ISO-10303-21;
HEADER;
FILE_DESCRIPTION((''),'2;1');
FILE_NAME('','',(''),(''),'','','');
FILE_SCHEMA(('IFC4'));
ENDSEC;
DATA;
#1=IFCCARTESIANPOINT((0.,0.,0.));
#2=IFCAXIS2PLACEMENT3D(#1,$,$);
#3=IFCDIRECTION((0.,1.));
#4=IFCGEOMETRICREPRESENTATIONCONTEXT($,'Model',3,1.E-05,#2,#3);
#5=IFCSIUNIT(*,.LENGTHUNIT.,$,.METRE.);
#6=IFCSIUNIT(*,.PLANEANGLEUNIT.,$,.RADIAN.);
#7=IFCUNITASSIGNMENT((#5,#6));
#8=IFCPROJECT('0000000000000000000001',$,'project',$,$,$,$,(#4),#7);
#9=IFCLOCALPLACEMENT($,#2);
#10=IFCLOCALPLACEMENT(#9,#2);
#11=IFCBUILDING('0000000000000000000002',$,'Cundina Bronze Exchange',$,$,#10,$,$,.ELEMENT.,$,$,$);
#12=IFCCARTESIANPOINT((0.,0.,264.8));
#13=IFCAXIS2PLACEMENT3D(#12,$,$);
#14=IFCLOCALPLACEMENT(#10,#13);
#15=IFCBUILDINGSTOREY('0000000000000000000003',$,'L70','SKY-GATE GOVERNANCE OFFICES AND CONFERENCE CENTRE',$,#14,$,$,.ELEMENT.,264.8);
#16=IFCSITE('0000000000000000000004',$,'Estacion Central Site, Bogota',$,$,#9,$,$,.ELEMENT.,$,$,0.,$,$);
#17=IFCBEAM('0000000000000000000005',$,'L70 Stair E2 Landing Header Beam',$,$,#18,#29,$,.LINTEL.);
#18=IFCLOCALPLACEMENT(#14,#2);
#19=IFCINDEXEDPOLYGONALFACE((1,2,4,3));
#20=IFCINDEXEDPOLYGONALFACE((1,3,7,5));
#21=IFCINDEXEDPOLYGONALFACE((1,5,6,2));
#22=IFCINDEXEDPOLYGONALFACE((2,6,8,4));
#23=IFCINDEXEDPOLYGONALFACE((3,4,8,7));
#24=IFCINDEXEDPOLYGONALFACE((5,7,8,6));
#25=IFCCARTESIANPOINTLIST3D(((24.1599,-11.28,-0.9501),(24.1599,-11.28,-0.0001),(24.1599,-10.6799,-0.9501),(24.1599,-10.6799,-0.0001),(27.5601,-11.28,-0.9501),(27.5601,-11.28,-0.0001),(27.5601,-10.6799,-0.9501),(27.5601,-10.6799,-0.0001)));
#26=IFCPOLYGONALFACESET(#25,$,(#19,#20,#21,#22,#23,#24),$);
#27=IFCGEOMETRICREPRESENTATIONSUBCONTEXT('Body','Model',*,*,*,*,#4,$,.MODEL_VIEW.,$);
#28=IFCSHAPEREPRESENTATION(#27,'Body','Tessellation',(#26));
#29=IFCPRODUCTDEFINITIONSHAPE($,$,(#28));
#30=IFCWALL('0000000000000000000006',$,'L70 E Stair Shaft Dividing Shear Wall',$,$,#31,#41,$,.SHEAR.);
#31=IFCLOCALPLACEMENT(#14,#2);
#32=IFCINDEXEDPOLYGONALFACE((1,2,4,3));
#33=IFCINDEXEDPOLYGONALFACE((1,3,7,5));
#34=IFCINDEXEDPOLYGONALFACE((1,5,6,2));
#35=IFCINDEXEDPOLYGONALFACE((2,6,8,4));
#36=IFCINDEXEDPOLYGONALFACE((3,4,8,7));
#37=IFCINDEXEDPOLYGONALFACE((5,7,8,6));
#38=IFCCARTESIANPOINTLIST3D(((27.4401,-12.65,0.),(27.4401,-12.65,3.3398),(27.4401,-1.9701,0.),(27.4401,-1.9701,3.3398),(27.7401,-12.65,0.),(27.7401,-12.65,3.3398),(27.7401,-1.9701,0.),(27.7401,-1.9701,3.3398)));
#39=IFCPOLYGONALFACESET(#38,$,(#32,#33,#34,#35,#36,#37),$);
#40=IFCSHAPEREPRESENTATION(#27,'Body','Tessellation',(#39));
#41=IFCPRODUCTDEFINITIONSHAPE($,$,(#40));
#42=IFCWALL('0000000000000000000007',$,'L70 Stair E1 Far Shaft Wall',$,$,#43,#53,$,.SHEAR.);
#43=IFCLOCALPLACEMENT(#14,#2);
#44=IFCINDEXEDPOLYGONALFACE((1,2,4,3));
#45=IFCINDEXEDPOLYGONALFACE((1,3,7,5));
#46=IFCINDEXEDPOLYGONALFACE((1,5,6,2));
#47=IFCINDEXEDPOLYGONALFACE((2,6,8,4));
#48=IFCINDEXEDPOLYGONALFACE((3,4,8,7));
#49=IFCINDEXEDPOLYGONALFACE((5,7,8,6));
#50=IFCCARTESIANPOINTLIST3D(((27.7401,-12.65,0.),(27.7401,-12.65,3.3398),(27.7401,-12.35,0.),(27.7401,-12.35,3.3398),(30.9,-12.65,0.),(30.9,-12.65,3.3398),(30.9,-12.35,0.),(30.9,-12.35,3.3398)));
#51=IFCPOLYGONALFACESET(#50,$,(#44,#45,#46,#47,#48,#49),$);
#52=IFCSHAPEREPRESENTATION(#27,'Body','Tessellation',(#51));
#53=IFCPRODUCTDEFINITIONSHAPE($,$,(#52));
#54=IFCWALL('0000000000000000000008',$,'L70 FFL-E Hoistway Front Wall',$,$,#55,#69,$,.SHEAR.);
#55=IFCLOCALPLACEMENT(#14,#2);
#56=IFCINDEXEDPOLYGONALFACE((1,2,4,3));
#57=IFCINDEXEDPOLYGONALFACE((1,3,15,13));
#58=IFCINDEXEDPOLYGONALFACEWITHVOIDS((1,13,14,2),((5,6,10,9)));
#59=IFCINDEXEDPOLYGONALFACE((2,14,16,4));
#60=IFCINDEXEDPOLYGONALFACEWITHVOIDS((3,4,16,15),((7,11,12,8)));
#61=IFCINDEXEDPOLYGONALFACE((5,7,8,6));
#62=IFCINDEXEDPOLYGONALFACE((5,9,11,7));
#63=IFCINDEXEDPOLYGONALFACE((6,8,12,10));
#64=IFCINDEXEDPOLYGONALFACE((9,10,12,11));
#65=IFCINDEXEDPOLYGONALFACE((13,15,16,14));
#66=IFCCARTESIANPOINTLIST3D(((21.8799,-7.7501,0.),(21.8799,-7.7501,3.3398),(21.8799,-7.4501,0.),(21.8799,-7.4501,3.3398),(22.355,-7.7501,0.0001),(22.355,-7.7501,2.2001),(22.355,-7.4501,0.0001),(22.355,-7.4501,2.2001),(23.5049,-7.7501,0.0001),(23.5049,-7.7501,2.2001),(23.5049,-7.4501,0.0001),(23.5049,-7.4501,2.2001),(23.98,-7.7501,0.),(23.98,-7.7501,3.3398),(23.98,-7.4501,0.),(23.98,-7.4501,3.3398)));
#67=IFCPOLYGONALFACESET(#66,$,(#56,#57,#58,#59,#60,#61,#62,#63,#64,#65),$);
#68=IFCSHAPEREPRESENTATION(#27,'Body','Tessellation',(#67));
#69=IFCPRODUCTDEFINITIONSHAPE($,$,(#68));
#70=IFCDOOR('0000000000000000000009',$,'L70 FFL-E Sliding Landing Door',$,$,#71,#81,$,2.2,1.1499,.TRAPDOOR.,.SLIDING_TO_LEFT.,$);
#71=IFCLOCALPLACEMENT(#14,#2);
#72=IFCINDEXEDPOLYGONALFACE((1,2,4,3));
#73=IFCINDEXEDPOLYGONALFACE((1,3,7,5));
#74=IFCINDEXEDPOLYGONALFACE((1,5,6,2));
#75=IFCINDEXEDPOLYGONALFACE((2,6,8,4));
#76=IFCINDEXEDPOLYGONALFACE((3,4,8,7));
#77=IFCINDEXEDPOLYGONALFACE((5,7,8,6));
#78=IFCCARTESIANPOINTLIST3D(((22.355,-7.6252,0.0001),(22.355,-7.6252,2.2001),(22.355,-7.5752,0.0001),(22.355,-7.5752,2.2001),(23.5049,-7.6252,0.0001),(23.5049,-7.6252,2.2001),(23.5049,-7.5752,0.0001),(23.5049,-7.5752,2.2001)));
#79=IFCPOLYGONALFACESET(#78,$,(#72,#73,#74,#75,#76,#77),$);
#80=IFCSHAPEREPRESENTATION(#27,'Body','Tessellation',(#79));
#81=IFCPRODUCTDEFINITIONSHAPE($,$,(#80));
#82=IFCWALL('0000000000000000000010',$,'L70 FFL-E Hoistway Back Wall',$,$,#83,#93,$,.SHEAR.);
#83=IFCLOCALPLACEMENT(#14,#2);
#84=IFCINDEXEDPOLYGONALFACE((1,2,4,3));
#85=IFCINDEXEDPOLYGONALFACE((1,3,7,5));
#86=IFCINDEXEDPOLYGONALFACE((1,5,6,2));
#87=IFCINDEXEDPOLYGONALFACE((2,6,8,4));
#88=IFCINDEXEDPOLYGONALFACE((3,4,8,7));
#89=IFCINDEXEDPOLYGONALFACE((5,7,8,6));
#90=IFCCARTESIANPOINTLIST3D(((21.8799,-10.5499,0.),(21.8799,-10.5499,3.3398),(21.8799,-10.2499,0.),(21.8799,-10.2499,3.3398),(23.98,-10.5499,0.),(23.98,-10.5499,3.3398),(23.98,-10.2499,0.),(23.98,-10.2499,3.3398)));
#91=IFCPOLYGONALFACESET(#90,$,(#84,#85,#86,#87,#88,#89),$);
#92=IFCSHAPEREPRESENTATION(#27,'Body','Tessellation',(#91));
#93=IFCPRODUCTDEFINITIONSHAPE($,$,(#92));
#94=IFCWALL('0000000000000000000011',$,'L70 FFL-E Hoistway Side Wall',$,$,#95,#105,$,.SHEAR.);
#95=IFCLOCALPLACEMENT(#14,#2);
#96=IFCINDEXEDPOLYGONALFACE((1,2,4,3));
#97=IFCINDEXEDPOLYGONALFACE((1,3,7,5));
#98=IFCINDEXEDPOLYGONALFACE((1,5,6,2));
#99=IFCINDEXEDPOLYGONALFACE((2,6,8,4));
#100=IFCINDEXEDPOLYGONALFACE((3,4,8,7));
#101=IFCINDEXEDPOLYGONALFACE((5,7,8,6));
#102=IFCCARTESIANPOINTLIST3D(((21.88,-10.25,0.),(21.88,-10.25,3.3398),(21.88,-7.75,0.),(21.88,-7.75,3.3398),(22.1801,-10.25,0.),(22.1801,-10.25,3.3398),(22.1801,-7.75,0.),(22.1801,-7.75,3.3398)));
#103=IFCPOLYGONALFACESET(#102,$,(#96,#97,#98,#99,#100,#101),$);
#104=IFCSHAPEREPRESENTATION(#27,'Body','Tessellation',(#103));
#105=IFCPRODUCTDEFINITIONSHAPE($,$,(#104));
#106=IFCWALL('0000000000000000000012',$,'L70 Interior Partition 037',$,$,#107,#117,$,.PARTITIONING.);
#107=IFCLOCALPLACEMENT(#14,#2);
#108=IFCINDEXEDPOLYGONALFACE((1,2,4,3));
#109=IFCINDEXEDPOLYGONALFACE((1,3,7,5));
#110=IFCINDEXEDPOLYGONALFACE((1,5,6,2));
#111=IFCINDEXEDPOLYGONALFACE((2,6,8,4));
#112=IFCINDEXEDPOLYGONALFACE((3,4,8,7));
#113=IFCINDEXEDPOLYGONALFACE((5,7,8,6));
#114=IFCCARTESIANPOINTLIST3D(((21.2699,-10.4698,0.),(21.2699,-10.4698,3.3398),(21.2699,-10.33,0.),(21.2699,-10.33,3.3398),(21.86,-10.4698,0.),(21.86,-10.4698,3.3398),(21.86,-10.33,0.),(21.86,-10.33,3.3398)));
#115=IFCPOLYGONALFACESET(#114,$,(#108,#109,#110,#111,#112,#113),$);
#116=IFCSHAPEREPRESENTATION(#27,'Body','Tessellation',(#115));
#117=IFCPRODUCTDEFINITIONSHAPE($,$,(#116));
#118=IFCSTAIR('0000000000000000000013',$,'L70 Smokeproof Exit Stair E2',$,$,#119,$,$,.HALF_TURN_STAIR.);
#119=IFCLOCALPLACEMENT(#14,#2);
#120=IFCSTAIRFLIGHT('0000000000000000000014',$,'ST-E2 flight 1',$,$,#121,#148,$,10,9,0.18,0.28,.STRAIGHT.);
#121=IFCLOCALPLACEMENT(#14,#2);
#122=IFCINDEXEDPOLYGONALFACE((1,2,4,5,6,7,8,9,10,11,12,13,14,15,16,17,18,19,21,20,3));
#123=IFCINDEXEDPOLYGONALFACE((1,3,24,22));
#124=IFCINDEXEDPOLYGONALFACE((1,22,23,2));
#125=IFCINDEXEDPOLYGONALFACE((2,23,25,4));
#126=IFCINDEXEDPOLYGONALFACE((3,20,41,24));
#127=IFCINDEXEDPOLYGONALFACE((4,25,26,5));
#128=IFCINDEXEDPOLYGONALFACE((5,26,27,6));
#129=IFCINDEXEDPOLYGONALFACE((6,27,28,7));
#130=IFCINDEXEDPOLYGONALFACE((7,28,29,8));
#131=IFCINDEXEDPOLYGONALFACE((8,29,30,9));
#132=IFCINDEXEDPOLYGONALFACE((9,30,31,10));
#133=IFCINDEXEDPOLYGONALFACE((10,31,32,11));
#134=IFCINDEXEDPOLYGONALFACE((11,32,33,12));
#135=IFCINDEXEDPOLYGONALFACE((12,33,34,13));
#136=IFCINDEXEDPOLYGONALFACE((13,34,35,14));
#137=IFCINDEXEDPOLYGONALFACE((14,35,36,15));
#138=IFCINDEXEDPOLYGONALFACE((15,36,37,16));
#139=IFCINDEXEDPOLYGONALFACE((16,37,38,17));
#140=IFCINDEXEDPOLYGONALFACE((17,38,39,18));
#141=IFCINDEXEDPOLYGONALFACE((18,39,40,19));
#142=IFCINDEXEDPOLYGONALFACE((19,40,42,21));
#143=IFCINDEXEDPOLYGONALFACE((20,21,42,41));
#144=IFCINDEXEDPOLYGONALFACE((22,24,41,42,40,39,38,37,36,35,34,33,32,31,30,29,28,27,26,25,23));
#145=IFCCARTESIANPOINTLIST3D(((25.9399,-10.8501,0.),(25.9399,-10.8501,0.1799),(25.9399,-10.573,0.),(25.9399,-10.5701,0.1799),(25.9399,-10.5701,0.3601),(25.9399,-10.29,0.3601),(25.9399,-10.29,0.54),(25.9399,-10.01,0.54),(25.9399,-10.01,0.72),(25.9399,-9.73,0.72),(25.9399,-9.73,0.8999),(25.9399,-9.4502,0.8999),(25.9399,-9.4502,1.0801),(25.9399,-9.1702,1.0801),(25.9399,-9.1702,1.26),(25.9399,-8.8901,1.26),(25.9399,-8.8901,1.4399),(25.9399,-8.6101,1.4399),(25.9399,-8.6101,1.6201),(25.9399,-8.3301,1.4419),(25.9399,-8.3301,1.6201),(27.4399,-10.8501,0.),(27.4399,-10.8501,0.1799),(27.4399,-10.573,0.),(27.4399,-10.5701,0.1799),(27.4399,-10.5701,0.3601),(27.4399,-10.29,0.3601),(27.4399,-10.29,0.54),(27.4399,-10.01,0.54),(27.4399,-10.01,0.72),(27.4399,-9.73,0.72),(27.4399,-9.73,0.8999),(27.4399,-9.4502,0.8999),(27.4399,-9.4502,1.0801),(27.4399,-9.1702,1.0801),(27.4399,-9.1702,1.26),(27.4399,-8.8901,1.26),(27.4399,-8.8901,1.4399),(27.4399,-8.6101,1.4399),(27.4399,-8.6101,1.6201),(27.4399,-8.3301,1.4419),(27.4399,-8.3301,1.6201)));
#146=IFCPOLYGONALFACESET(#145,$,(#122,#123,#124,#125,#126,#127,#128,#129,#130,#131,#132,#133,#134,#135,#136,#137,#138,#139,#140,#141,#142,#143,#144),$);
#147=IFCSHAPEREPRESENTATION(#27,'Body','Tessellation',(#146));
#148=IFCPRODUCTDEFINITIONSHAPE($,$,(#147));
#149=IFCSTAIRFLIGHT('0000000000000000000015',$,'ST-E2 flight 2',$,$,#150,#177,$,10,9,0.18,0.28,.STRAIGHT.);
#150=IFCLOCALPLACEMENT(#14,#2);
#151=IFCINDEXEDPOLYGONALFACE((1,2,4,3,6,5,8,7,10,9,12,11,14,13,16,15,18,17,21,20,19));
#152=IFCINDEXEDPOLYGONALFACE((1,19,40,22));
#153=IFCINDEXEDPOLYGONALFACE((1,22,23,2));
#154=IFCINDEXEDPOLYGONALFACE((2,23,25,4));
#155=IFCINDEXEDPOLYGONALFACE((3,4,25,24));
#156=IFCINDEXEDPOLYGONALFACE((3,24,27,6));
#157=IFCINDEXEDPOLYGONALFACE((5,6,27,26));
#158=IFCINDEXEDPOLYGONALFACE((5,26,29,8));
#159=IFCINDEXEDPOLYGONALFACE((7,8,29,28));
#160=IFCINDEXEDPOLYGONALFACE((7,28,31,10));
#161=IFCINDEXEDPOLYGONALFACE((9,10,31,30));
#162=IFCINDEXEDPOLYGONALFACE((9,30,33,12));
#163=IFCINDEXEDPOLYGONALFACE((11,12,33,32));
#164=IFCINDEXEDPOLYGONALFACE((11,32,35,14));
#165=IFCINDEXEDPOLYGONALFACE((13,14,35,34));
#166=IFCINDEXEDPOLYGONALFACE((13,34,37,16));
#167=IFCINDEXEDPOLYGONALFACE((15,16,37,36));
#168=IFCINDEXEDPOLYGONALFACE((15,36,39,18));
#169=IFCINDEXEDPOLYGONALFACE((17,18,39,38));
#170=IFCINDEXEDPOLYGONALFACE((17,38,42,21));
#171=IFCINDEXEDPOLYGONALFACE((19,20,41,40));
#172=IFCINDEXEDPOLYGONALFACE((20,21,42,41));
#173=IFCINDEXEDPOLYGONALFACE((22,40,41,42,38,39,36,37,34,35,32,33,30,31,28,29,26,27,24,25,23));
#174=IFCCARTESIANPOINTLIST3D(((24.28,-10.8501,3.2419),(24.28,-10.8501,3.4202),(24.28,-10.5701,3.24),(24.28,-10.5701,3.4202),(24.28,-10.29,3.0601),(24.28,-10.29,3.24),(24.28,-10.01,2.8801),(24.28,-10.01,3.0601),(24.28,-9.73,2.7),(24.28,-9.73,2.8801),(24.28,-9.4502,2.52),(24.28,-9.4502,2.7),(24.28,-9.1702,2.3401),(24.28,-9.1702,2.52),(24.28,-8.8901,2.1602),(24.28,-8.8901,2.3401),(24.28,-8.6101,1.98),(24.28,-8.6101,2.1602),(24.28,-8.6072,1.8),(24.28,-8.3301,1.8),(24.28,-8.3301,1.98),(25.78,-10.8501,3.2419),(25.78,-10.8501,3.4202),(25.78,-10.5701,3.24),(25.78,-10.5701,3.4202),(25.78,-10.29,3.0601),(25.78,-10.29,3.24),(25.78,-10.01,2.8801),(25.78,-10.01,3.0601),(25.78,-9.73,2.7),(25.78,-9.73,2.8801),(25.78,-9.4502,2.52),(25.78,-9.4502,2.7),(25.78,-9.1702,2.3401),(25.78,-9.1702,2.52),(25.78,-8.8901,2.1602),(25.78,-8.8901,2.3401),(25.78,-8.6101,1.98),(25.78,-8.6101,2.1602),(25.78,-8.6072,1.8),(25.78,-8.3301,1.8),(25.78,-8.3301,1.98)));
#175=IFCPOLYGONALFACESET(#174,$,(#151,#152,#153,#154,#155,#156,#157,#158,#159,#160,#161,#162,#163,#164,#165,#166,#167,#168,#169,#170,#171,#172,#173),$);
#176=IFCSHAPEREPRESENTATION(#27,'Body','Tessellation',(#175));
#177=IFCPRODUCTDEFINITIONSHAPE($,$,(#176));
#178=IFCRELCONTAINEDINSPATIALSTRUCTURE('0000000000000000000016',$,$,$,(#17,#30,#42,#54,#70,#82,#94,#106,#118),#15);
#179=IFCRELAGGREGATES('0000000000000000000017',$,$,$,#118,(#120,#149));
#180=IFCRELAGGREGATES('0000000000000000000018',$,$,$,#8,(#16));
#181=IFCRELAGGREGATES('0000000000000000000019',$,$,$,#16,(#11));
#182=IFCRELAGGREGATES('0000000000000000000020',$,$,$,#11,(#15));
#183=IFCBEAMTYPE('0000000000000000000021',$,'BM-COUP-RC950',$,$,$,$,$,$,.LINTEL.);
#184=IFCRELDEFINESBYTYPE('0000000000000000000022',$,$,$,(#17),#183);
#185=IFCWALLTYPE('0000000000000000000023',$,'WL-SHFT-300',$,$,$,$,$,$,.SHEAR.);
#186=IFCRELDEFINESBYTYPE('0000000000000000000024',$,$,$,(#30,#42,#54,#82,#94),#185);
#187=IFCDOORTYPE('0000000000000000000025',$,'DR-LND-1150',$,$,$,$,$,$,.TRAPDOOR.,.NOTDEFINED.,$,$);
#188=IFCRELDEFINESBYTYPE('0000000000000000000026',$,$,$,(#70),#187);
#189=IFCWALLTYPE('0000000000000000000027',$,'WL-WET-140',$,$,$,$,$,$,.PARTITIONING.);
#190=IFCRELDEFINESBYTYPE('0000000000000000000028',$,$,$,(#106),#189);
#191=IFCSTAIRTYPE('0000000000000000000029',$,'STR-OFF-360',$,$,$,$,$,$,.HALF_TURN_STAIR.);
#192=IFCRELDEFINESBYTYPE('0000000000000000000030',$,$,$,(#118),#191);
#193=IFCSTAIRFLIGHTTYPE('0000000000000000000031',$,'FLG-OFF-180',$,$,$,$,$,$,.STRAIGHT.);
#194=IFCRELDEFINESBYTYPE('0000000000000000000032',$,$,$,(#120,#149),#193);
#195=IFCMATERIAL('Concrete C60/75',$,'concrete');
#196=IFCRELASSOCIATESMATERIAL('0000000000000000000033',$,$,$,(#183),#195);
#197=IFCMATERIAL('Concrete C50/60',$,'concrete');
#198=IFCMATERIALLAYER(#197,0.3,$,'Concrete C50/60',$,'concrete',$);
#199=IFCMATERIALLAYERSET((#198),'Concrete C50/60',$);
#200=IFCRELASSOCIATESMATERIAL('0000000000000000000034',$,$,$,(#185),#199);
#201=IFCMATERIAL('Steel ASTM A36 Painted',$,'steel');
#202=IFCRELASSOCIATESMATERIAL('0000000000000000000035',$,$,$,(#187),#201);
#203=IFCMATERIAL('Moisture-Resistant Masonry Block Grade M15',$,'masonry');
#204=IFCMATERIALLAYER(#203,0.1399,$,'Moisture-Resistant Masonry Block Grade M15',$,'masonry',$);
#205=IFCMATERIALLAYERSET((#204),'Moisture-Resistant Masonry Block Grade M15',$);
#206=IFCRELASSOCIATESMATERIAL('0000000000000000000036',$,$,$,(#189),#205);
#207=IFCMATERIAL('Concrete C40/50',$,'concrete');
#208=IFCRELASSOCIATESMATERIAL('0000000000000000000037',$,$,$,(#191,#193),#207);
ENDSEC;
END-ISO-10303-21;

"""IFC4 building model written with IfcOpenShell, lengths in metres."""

from ifc_helpers import new_model, si_unit, direction, frame, frame_2d, origin, origin_2d, place, context, subcontext, project, spatial, polyline, rectangle, outline, extrude, material, layer, layer_set, material_profile, profile_set, type_object, element, fill, aggregate, save


model = new_model("IFC4")

# Units and contexts
model_context = context("Model", 3, precision=1e-05, world=origin(), true_north=direction((0.0, 1.0)))
body_context = subcontext(model_context, "Body", "Model", "MODEL_VIEW")
ifc_project = project(units=[si_unit("LENGTHUNIT", "METRE"), si_unit("PLANEANGLEUNIT", "RADIAN")], contexts=[model_context])

# Site, building, storey
site_placement = place(None, origin())
site = spatial("IfcSite", under=ifc_project, at=site_placement, Name="Estacion Central Site, Bogota", CompositionType="ELEMENT", RefElevation=0.0)
building_placement = place(site_placement, origin())
building = spatial("IfcBuilding", under=site, at=building_placement, Name="Cundina Bronze Exchange", CompositionType="ELEMENT")
storey_placement = place(building_placement, frame((0.0, 0.0, 264.8)))
storey = spatial("IfcBuildingStorey", under=building, at=storey_placement, Name="L70", Description="SKY-GATE GOVERNANCE OFFICES AND CONFERENCE CENTRE", CompositionType="ELEMENT", Elevation=264.8)

# Beam
ifc_material_1 = material(Name="Concrete C60/75", Category="concrete")
ifc_material_profile = material_profile(ifc_material_1, rectangle(XDim=0.6001, YDim=0.95, at=origin_2d()), Name="RC600X950", Category="concrete")
ifc_profile_set = profile_set([ifc_material_profile], Name="Concrete C60/75")
beam_type = type_object("IfcBeamType", Name="BM-COUP-RC950", PredefinedType="LINTEL", material=ifc_profile_set)
beam_placement = place(storey_placement, frame((24.1599, -10.98, -0.4751), z_axis=(1.0, 0.0, 0.0), x_axis=(0.0, 1.0, 0.0)))
element("IfcBeam", 1, at=beam_placement, inside=storey, type_object=beam_type, Name="L70 Stair E2 Landing Header Beam", PredefinedType="LINTEL", context=body_context, shape_type="SweptSolid", body=[
    extrude(rectangle(XDim=0.6001, YDim=0.95, at=origin_2d()), origin(), (0.0, 0.0, 1.0), 3.4001),
])

# Walls
ifc_material_2 = material(Name="Concrete C50/60", Category="concrete")
ifc_layer_1 = layer(ifc_material_2, 0.3, Name="Concrete C50/60", Category="concrete")
ifc_layer_set_1 = layer_set([ifc_layer_1], Name="Concrete C50/60")
wall_type_1 = type_object("IfcWallType", Name="WL-SHFT-300", PredefinedType="SHEAR", material=ifc_layer_set_1)
wall_1_placement = place(storey_placement, frame((27.5901, -12.6499, 0.0), z_axis=(0.0, 0.0, 1.0), x_axis=(0.0, 1.0, 0.0)))
element("IfcWall", 2, at=wall_1_placement, inside=storey, type_object=wall_type_1, Name="L70 E Stair Shaft Dividing Shear Wall", PredefinedType="SHEAR", context=body_context, shape_type="SweptSolid", body=[
    extrude(rectangle(XDim=10.6799, YDim=0.3, at=frame_2d((5.3398, 0.0))), origin(), (0.0, 0.0, 1.0), 3.3398),
])
wall_2_placement = place(storey_placement, frame((27.74, -12.5, 0.0), z_axis=(0.0, 0.0, 1.0), x_axis=(1.0, 0.0, 0.0)))
element("IfcWall", 3, at=wall_2_placement, inside=storey, type_object=wall_type_1, Name="L70 Stair E1 Far Shaft Wall", PredefinedType="SHEAR", context=body_context, shape_type="SweptSolid", body=[
    extrude(rectangle(XDim=3.1599, YDim=0.3, at=frame_2d((1.5801, 0.0))), origin(), (0.0, 0.0, 1.0), 3.3398),
])

# Wall, opening, door
ifc_material_3 = material(Name="Steel ASTM A36 Painted", Category="steel")
wall_3_placement = place(storey_placement, frame((21.8799, -7.6001, 0.0), z_axis=(0.0, 0.0, 1.0), x_axis=(1.0, 0.0, 0.0)))
wall_3 = element("IfcWall", 4, at=wall_3_placement, inside=storey, type_object=wall_type_1, Name="L70 FFL-E Hoistway Front Wall", PredefinedType="SHEAR", context=body_context, shape_type="SweptSolid", body=[
    extrude(rectangle(XDim=2.1001, YDim=0.3, at=frame_2d((1.05, 0.0))), origin(), (0.0, 0.0, 1.0), 3.3398),
])
opening_1_placement = place(wall_3_placement, frame((0.4751, 0.0, 0.0)))
opening_1 = element("IfcOpeningElement", 5, at=opening_1_placement, cuts=wall_3, PredefinedType="OPENING", context=body_context, shape_type="SweptSolid", body=[
    extrude(rectangle(XDim=1.1499, YDim=2.2, at=frame_2d((0.575, 1.1001))), frame((0.0, 0.1599, 0.0), z_axis=(0.0, -1.0, 0.0), x_axis=(1.0, 0.0, 0.0)), (0.0, 0.0, 1.0), 0.3201),
])
door_type_1 = type_object("IfcDoorType", Name="DR-LND-1150", OperationType="NOTDEFINED", PredefinedType="TRAPDOOR", material=ifc_material_3)
door_1_placement = place(opening_1_placement, origin())
door_1 = element("IfcDoor", 6, at=door_1_placement, inside=storey, type_object=door_type_1, Name="L70 FFL-E Sliding Landing Door", OperationType="SLIDING_TO_LEFT", OverallHeight=2.2, OverallWidth=1.1499, PredefinedType="TRAPDOOR", context=body_context, shape_type="SweptSolid", body=[
    extrude(rectangle(XDim=1.1499, YDim=2.2, at=frame_2d((0.575, 1.1001))), frame((0.0, 0.0249, 0.0), z_axis=(0.0, -1.0, 0.0), x_axis=(1.0, 0.0, 0.0)), (0.0, 0.0, 1.0), 0.05),
])
fill(opening_1, door_1)

# Walls
wall_4_placement = place(storey_placement, frame((21.8799, -10.3999, 0.0), z_axis=(0.0, 0.0, 1.0), x_axis=(1.0, 0.0, 0.0)))
element("IfcWall", 7, at=wall_4_placement, inside=storey, type_object=wall_type_1, Name="L70 FFL-E Hoistway Back Wall", PredefinedType="SHEAR", context=body_context, shape_type="SweptSolid", body=[
    extrude(rectangle(XDim=2.1001, YDim=0.3, at=frame_2d((1.05, 0.0))), origin(), (0.0, 0.0, 1.0), 3.3398),
])
wall_5_placement = place(storey_placement, frame((22.03, -10.25, 0.0), z_axis=(0.0, 0.0, 1.0), x_axis=(0.0, 1.0, 0.0)))
element("IfcWall", 8, at=wall_5_placement, inside=storey, type_object=wall_type_1, Name="L70 FFL-E Hoistway Side Wall", PredefinedType="SHEAR", context=body_context, shape_type="SweptSolid", body=[
    extrude(rectangle(XDim=2.5, YDim=0.3, at=frame_2d((1.25, 0.0))), origin(), (0.0, 0.0, 1.0), 3.3398),
])
ifc_material_4 = material(Name="Moisture-Resistant Masonry Block Grade M15", Category="masonry")
ifc_layer_2 = layer(ifc_material_4, 0.1399, Name="Moisture-Resistant Masonry Block Grade M15", Category="masonry")
ifc_layer_set_2 = layer_set([ifc_layer_2], Name="Moisture-Resistant Masonry Block Grade M15")
wall_type_2 = type_object("IfcWallType", Name="WL-WET-140", PredefinedType="PARTITIONING", material=ifc_layer_set_2)
wall_6_placement = place(storey_placement, frame((21.27, -10.3999, 0.0), z_axis=(0.0, 0.0, 1.0), x_axis=(1.0, 0.0, 0.0)))
element("IfcWall", 9, at=wall_6_placement, inside=storey, type_object=wall_type_2, Name="L70 Interior Partition 037", PredefinedType="PARTITIONING", context=body_context, shape_type="SweptSolid", body=[
    extrude(rectangle(XDim=0.5901, YDim=0.1399, at=frame_2d((0.2949, 0.0))), origin(), (0.0, 0.0, 1.0), 3.3398),
])

# Stair, stair flights
ifc_material_5 = material(Name="Concrete C40/50", Category="concrete")
stair_type = type_object("IfcStairType", Name="STR-OFF-360", PredefinedType="HALF_TURN_STAIR", material=ifc_material_5)
stair_placement = place(storey_placement, origin())
stair = element("IfcStair", 10, at=stair_placement, inside=storey, type_object=stair_type, Name="L70 Smokeproof Exit Stair E2", PredefinedType="HALF_TURN_STAIR")
stair_flight_type = type_object("IfcStairFlightType", Name="FLG-OFF-180", PredefinedType="STRAIGHT", material=ifc_material_5)
stair_flight_1_placement = place(storey_placement, frame((26.6899, -10.8501, 0.0), z_axis=(0.0, 0.0, 1.0), x_axis=(0.0, 1.0, 0.0)))
stair_flight_1 = element("IfcStairFlight", 11, at=stair_flight_1_placement, type_object=stair_flight_type, Name="ST-E2 flight 1", NumberOfRisers=10, NumberOfTreads=9, PredefinedType="STRAIGHT", RiserHeight=0.18, TreadLength=0.28, context=body_context, shape_type="SweptSolid", body=[
    extrude(outline(polyline([(0.0, 0.0), (0.0, 0.1799), (0.28, 0.1799), (0.28, 0.3601), (0.5601, 0.3601), (0.5601, 0.54), (0.8401, 0.54), (0.8401, 0.72), (1.1201, 0.72), (1.1201, 0.8999), (1.3999, 0.8999), (1.3999, 1.0801), (1.6799, 1.0801), (1.6799, 1.26), (1.96, 1.26), (1.96, 1.4399), (2.24, 1.4399), (2.24, 1.6201), (2.52, 1.6201), (2.52, 1.8), (2.52, 1.4419), (0.2771, 0.0), (0.0, 0.0)])), frame((0.0, 0.75, 0.0), z_axis=(0.0, -1.0, 0.0), x_axis=(1.0, 0.0, 0.0)), (0.0, 0.0, 1.0), 1.5),
])
stair_flight_2_placement = place(storey_placement, frame((25.03, -8.3301, 1.8), z_axis=(0.0, 0.0, 1.0), x_axis=(0.0, -1.0, 0.0)))
stair_flight_2 = element("IfcStairFlight", 12, at=stair_flight_2_placement, type_object=stair_flight_type, Name="ST-E2 flight 2", NumberOfRisers=10, NumberOfTreads=9, PredefinedType="STRAIGHT", RiserHeight=0.18, TreadLength=0.28, context=body_context, shape_type="SweptSolid", body=[
    extrude(outline(polyline([(0.0, 0.0), (0.0, 0.1799), (0.28, 0.1799), (0.28, 0.3601), (0.5601, 0.3601), (0.5601, 0.54), (0.8401, 0.54), (0.8401, 0.72), (1.1201, 0.72), (1.1201, 0.8999), (1.3999, 0.8999), (1.3999, 1.0801), (1.6799, 1.0801), (1.6799, 1.26), (1.96, 1.26), (1.96, 1.4399), (2.24, 1.4399), (2.24, 1.6201), (2.52, 1.6201), (2.52, 1.8), (2.52, 1.4419), (0.2771, 0.0), (0.0, 0.0)])), frame((0.0, 0.75, 0.0), z_axis=(0.0, -1.0, 0.0), x_axis=(1.0, 0.0, 0.0)), (0.0, 0.0, 1.0), 1.5),
])
aggregate(stair, [stair_flight_1, stair_flight_2])

save(model, "model.ifc")
